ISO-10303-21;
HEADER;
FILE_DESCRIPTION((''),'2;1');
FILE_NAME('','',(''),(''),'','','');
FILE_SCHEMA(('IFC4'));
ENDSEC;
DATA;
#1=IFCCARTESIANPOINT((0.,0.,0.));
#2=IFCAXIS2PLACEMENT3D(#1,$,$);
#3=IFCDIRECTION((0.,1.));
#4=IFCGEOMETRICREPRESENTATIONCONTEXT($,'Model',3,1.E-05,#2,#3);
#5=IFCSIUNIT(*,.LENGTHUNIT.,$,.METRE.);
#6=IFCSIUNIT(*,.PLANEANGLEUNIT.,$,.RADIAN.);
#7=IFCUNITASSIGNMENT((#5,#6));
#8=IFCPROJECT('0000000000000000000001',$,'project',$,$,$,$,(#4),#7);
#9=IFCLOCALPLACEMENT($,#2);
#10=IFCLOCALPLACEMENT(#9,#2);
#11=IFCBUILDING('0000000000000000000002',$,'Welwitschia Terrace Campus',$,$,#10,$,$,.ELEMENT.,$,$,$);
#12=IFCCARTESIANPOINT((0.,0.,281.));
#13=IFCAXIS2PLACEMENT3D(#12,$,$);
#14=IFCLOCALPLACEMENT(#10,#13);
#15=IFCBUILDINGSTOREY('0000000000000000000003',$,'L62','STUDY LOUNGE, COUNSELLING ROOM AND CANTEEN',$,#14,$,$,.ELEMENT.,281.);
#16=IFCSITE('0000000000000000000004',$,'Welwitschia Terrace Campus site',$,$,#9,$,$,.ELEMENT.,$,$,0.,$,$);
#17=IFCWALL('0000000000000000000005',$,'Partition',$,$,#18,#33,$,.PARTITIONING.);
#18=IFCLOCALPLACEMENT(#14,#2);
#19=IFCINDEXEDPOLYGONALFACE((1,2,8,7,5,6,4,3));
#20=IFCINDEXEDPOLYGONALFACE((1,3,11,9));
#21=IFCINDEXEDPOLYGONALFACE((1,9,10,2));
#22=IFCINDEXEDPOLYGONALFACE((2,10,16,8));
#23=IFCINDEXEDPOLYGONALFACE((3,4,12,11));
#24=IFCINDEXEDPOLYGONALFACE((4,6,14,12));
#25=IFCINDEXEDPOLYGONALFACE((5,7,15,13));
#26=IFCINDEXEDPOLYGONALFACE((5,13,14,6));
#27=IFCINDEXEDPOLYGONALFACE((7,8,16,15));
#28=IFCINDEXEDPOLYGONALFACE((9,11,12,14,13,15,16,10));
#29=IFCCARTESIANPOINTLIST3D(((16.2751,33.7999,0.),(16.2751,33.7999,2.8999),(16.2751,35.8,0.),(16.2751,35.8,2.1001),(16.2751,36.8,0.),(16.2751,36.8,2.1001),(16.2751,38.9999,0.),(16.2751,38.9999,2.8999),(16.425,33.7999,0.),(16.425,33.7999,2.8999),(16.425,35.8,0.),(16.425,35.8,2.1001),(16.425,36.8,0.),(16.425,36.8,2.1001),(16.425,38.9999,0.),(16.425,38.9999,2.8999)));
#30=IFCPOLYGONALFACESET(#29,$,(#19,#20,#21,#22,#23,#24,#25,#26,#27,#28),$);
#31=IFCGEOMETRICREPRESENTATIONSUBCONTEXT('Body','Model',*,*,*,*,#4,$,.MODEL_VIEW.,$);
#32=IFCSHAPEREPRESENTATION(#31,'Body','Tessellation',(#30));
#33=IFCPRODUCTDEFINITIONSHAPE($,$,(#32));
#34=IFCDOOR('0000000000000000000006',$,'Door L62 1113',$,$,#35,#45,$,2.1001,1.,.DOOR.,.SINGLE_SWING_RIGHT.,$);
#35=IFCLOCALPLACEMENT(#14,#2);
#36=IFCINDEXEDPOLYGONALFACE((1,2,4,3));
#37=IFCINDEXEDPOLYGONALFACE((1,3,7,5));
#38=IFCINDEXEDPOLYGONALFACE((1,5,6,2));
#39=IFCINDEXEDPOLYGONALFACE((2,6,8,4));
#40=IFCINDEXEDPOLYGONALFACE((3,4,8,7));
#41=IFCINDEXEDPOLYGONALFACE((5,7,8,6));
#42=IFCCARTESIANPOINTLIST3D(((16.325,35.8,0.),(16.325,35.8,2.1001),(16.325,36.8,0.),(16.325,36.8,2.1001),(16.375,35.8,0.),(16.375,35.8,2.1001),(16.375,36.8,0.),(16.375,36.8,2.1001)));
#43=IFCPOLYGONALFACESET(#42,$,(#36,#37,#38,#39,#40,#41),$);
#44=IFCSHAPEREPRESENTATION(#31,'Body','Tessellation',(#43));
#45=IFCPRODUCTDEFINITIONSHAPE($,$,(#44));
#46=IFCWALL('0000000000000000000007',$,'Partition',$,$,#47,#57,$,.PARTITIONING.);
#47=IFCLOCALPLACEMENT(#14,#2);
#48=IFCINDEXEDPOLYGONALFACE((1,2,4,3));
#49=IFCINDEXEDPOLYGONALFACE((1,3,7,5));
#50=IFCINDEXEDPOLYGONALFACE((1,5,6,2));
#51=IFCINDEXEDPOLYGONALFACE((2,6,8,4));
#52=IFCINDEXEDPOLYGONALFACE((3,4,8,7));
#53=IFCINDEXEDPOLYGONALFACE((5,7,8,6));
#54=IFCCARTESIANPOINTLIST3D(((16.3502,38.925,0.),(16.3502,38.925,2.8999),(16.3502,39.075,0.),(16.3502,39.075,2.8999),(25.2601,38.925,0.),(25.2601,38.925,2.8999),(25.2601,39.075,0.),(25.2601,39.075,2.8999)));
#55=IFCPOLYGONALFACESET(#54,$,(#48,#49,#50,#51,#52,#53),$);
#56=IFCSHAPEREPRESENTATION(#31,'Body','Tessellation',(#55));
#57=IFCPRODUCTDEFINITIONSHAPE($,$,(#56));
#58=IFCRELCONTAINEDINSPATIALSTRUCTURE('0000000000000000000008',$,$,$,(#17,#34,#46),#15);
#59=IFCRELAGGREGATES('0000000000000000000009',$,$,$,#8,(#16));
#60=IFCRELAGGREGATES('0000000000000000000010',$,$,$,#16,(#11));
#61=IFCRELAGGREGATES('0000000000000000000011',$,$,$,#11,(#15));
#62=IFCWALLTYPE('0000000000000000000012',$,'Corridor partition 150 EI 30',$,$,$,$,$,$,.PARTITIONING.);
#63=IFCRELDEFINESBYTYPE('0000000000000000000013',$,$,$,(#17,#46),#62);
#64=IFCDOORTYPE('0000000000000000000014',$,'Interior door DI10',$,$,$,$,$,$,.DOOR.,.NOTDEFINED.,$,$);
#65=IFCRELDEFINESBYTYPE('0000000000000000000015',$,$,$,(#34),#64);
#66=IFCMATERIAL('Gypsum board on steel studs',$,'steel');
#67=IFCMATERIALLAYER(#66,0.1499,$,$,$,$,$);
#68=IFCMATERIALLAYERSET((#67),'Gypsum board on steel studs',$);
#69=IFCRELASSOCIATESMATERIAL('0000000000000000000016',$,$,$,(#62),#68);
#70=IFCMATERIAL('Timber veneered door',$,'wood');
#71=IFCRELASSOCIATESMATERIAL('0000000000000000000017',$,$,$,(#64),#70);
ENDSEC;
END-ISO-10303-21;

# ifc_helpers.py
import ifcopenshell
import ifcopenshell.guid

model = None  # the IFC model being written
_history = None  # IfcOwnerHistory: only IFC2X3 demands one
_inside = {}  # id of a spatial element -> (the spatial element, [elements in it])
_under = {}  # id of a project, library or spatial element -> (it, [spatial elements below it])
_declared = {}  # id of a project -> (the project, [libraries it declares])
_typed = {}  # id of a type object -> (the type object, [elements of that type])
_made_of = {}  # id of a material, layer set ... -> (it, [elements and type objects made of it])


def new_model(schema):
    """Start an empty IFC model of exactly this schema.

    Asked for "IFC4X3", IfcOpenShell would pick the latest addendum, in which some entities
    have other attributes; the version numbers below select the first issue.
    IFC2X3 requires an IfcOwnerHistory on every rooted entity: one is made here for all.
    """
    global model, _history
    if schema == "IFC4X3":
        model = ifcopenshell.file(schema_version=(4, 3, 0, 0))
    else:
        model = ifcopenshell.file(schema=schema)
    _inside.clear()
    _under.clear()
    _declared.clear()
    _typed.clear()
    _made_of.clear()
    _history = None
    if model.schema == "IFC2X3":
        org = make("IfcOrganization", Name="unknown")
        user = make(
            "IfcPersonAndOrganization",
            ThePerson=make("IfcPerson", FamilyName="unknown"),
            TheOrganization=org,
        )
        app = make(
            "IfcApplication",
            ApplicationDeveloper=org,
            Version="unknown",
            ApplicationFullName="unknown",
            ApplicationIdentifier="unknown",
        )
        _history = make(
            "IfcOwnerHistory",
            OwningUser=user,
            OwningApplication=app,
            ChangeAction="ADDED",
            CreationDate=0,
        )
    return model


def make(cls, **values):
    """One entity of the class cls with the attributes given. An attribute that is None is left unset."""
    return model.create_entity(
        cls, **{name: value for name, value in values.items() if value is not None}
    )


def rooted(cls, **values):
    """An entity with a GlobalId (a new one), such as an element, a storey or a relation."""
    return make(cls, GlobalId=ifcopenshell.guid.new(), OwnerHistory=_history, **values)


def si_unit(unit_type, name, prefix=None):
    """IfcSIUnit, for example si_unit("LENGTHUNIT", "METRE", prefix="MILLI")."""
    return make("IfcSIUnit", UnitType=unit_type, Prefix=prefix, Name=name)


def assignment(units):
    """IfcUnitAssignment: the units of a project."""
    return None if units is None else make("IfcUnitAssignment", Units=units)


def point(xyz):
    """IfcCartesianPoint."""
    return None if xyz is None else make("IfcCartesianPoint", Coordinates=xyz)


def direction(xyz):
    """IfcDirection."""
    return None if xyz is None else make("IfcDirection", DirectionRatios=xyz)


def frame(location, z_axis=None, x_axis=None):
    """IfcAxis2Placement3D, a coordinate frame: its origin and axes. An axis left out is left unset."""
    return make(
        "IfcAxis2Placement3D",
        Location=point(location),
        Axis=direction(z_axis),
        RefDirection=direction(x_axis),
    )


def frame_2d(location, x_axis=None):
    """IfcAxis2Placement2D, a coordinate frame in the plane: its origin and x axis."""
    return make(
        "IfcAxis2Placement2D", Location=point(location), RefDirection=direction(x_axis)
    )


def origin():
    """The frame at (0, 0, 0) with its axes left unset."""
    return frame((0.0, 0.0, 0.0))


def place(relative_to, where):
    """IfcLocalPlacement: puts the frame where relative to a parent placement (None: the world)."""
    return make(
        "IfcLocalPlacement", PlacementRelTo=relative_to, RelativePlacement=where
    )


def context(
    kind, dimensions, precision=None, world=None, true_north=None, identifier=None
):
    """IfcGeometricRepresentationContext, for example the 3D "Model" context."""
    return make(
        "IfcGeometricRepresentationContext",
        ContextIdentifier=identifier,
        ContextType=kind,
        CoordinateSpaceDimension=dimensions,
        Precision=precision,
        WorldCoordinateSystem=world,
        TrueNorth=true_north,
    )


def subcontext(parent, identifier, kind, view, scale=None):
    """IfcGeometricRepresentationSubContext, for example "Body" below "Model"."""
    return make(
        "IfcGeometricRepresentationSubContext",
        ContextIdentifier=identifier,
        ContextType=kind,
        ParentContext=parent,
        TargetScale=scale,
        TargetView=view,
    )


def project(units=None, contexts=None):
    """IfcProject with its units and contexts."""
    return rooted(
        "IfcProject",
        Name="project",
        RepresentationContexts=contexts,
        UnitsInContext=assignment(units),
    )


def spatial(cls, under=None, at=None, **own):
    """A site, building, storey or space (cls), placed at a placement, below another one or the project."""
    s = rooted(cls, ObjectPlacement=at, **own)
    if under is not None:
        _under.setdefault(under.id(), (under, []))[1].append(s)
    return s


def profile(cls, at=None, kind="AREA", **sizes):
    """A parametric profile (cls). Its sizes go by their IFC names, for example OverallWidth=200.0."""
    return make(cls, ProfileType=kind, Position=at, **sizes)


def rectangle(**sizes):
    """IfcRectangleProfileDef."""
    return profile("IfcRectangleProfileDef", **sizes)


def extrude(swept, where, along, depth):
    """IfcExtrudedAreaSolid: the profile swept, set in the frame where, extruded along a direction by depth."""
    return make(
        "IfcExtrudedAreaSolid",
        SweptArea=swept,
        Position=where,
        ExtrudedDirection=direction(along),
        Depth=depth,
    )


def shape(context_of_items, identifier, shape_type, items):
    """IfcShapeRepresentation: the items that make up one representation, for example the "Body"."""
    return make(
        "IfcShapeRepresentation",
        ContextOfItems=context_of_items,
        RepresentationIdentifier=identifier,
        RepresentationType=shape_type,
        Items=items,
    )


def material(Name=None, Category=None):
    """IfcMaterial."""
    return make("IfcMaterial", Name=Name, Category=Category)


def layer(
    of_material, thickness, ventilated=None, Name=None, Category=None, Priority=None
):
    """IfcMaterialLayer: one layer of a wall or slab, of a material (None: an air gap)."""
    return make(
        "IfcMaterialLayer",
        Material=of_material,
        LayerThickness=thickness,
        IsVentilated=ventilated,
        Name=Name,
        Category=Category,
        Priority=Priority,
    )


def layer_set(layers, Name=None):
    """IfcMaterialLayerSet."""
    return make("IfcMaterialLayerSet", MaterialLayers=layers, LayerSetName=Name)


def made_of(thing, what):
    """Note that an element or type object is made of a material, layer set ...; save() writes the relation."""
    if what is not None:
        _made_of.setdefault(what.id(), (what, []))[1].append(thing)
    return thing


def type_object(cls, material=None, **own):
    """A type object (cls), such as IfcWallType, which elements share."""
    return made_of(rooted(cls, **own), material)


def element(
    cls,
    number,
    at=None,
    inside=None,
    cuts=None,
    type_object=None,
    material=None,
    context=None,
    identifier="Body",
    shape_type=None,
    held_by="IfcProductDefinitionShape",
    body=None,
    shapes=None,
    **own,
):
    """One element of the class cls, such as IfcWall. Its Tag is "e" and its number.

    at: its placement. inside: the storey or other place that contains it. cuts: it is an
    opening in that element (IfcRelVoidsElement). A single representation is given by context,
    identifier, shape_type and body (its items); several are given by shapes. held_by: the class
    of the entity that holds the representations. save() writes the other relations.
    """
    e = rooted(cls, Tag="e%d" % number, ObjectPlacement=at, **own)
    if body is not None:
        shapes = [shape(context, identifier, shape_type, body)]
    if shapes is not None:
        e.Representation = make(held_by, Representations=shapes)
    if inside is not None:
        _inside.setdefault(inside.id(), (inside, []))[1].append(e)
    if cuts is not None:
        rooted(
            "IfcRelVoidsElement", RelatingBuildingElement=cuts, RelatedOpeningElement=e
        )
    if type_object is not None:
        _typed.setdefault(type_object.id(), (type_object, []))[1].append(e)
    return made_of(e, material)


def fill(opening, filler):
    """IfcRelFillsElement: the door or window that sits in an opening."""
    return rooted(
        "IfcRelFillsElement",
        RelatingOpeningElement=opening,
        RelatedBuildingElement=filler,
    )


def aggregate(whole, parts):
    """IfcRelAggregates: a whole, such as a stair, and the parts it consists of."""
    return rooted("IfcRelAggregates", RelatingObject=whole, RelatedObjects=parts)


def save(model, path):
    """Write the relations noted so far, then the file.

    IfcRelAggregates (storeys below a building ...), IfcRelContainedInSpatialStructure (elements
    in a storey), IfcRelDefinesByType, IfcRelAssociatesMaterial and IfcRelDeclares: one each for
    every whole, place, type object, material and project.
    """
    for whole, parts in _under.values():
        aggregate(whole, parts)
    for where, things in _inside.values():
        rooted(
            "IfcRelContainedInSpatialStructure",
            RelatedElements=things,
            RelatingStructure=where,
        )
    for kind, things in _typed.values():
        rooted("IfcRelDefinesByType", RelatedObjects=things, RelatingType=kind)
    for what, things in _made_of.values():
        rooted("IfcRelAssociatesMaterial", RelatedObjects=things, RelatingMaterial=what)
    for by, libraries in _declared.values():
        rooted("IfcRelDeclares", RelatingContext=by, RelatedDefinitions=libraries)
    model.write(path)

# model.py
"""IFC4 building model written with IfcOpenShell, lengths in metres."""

from ifc_helpers import new_model, si_unit, direction, frame, frame_2d, origin, place, context, subcontext, project, spatial, rectangle, extrude, material, layer, layer_set, type_object, element, fill, save


model = new_model("IFC4")

# Units and contexts
model_context = context("Model", 3, precision=1e-05, world=origin(), true_north=direction((0.0, 1.0)))
body_context = subcontext(model_context, "Body", "Model", "MODEL_VIEW")
ifc_project = project(units=[si_unit("LENGTHUNIT", "METRE"), si_unit("PLANEANGLEUNIT", "RADIAN")], contexts=[model_context])

# Site, building, storey
site_placement = place(None, origin())
site = spatial("IfcSite", under=ifc_project, at=site_placement, Name="Welwitschia Terrace Campus site", CompositionType="ELEMENT", RefElevation=0.0)
building_placement = place(site_placement, origin())
building = spatial("IfcBuilding", under=site, at=building_placement, Name="Welwitschia Terrace Campus", CompositionType="ELEMENT")
storey_placement = place(building_placement, frame((0.0, 0.0, 281.0)))
storey = spatial("IfcBuildingStorey", under=building, at=storey_placement, Name="L62", Description="STUDY LOUNGE, COUNSELLING ROOM AND CANTEEN", CompositionType="ELEMENT", Elevation=281.0)

# Shared definitions
ifc_material_1 = material(Name="Gypsum board on steel studs", Category="steel")
ifc_layer_1 = layer(ifc_material_1, 0.1499)
ifc_layer_set_1 = layer_set([ifc_layer_1], Name="Gypsum board on steel studs")
wall_type = type_object("IfcWallType", Name="Corridor partition 150 EI 30", PredefinedType="PARTITIONING", material=ifc_layer_set_1)
ifc_material_2 = material(Name="Timber veneered door", Category="wood")
door_type = type_object("IfcDoorType", Name="Interior door DI10", OperationType="NOTDEFINED", PredefinedType="DOOR", material=ifc_material_2)

# Wall, opening, door
wall_1_placement = place(storey_placement, frame((16.3501, 39.0, 0.0), z_axis=(0.0, 0.0, 1.0), x_axis=(0.0, -1.0, 0.0)))
wall_1 = element("IfcWall", 1, at=wall_1_placement, inside=storey, type_object=wall_type, Name="Partition", PredefinedType="PARTITIONING", context=body_context, shape_type="SweptSolid", body=[
    extrude(rectangle(XDim=5.2, YDim=0.1499, at=frame_2d((2.6001, 0.0))), origin(), (0.0, 0.0, 1.0), 2.8999),
])
opening_1_placement = place(wall_1_placement, frame((2.2, 0.0, 0.0)))
opening_1 = element("IfcOpeningElement", 2, at=opening_1_placement, cuts=wall_1, PredefinedType="OPENING", context=body_context, shape_type="SweptSolid", body=[
    extrude(rectangle(XDim=1.0, YDim=2.1001, at=frame_2d((0.5, 1.05))), frame((0.0, 0.085, 0.0), z_axis=(0.0, -1.0, 0.0), x_axis=(1.0, 0.0, 0.0)), (0.0, 0.0, 1.0), 0.1699),
])
door_1_placement = place(opening_1_placement, origin())
door_1 = element("IfcDoor", 3, at=door_1_placement, inside=storey, type_object=door_type, Name="Door L62 1113", OperationType="SINGLE_SWING_RIGHT", OverallHeight=2.1001, OverallWidth=1.0, PredefinedType="DOOR", context=body_context, shape_type="SweptSolid", body=[
    extrude(rectangle(XDim=1.0, YDim=2.1001, at=frame_2d((0.5, 1.05))), frame((0.0, 0.0249, 0.0), z_axis=(0.0, -1.0, 0.0), x_axis=(1.0, 0.0, 0.0)), (0.0, 0.0, 1.0), 0.05),
])
fill(opening_1, door_1)

# Wall
wall_2_placement = place(storey_placement, frame((16.3501, 39.0, 0.0), z_axis=(0.0, 0.0, 1.0), x_axis=(1.0, 0.0, 0.0)))
element("IfcWall", 4, at=wall_2_placement, inside=storey, type_object=wall_type, Name="Partition", PredefinedType="PARTITIONING", context=body_context, shape_type="SweptSolid", body=[
    extrude(rectangle(XDim=8.9099, YDim=0.1499, at=frame_2d((4.4551, 0.0))), origin(), (0.0, 0.0, 1.0), 2.8999),
])

save(model, "model.ifc")
